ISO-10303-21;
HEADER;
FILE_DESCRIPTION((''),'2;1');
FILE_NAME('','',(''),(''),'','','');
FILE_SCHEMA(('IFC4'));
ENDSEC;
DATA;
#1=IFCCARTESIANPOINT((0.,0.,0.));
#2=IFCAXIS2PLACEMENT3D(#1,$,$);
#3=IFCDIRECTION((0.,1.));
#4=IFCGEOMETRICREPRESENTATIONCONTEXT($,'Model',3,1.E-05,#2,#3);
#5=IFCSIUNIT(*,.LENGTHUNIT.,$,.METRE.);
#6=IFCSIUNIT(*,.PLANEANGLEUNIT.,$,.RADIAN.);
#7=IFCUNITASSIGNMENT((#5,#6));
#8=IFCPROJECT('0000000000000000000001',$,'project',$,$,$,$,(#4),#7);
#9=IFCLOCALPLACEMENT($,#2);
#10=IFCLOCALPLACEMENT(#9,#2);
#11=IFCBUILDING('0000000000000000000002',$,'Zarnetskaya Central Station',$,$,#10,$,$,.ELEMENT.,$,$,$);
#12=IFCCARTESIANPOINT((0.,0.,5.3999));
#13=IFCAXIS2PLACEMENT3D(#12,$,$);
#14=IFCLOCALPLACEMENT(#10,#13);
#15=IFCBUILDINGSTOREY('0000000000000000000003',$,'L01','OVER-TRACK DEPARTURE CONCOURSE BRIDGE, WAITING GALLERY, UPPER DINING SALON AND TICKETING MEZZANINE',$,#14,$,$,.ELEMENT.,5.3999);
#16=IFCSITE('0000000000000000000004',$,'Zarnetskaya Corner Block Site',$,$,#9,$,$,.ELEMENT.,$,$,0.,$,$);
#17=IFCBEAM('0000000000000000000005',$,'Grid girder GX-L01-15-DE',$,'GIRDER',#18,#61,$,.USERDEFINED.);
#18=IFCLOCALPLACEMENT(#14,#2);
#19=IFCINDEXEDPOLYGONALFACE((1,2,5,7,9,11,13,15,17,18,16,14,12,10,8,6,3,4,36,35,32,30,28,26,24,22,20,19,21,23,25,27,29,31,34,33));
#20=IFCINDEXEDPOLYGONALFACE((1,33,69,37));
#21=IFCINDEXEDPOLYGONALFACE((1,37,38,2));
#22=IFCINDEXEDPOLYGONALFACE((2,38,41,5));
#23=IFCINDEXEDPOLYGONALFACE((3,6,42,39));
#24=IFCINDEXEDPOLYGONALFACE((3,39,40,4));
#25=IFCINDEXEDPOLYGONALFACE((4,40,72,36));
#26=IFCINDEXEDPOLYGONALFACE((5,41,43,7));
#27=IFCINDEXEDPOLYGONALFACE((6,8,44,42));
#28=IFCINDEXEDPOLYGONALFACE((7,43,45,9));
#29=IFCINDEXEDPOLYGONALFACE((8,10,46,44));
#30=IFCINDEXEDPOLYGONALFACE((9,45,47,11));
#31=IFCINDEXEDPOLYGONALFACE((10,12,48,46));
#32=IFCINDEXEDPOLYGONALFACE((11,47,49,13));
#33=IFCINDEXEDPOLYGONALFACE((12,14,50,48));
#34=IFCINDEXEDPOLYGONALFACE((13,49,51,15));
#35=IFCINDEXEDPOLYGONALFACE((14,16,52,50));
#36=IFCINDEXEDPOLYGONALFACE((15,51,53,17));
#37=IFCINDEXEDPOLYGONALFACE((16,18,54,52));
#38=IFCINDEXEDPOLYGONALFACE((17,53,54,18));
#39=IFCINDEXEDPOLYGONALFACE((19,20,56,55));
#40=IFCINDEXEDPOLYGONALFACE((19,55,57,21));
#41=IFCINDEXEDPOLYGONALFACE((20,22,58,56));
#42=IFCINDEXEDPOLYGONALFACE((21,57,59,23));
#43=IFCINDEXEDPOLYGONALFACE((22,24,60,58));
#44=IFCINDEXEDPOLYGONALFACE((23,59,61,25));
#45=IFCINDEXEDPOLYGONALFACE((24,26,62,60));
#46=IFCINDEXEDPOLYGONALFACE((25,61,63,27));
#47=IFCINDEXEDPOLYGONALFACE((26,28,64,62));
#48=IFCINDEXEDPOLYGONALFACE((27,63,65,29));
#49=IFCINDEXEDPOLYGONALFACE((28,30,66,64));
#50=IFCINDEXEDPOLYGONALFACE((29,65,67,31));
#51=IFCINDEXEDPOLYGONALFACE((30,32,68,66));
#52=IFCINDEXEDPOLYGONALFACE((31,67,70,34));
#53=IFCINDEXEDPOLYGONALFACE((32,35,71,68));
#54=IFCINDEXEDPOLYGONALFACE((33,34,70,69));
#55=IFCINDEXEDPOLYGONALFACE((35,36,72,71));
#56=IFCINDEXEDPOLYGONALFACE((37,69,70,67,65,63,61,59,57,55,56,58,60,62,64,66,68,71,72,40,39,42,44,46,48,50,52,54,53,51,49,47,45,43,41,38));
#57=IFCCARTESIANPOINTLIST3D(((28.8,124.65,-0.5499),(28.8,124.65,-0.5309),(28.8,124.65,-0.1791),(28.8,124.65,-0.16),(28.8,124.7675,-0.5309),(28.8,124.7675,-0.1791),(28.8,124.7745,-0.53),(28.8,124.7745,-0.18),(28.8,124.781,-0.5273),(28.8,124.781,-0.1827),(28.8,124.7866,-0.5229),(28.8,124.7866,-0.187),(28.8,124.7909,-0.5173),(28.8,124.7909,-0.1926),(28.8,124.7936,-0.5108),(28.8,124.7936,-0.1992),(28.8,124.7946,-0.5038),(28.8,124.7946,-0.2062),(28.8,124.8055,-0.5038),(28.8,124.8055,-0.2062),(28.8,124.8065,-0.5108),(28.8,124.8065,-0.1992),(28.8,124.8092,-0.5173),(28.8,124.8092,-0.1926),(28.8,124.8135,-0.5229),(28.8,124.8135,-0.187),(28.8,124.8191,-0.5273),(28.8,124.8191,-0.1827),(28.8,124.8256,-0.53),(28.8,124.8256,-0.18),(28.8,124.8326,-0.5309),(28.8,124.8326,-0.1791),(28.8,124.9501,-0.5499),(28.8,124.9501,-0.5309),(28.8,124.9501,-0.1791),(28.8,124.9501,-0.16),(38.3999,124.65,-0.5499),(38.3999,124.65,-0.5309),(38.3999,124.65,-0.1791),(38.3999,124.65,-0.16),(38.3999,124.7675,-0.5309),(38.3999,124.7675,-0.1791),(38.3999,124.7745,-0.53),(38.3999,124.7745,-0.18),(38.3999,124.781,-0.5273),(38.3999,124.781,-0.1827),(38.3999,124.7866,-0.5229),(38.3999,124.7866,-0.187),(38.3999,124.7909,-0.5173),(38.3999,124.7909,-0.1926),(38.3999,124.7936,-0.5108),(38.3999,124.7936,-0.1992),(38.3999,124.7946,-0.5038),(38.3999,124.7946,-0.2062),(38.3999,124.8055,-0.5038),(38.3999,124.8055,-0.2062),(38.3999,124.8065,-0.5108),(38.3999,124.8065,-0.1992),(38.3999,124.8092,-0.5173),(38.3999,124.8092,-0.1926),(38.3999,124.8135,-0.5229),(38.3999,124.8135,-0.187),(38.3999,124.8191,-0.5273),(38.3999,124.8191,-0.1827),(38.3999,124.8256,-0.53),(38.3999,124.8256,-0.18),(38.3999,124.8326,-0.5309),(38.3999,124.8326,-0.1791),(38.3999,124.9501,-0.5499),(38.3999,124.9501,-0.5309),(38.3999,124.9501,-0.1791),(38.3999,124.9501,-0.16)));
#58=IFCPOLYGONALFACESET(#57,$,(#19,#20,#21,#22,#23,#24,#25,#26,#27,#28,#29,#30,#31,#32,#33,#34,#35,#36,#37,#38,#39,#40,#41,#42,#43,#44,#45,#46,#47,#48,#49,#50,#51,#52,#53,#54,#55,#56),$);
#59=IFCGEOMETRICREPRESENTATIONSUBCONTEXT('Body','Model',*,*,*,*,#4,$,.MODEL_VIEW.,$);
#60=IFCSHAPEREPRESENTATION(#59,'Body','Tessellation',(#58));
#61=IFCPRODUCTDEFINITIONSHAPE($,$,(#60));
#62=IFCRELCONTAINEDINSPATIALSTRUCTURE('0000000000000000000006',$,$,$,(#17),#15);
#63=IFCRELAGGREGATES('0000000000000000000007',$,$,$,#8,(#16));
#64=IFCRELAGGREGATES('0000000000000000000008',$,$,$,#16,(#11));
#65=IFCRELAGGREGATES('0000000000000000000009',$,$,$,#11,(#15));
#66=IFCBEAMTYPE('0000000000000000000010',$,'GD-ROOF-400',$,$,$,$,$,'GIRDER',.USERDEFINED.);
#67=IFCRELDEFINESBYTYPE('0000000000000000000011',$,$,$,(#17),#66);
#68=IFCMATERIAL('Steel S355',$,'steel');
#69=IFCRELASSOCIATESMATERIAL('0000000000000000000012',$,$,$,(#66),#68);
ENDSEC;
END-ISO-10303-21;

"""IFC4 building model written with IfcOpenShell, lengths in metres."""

from ifc_helpers import new_model, si_unit, direction, frame, origin, origin_2d, place, context, subcontext, project, spatial, i_section, extrude, material, material_profile, profile_set, type_object, element, save


model = new_model("IFC4")

# Units and contexts
model_context = context("Model", 3, precision=1e-05, world=origin(), true_north=direction((0.0, 1.0)))
body_context = subcontext(model_context, "Body", "Model", "MODEL_VIEW")
ifc_project = project(units=[si_unit("LENGTHUNIT", "METRE"), si_unit("PLANEANGLEUNIT", "RADIAN")], contexts=[model_context])

# Site, building, storey
site_placement = place(None, origin())
site = spatial("IfcSite", under=ifc_project, at=site_placement, Name="Zarnetskaya Corner Block Site", CompositionType="ELEMENT", RefElevation=0.0)
building_placement = place(site_placement, origin())
building = spatial("IfcBuilding", under=site, at=building_placement, Name="Zarnetskaya Central Station", CompositionType="ELEMENT")
storey_placement = place(building_placement, frame((0.0, 0.0, 5.3999)))
storey = spatial("IfcBuildingStorey", under=building, at=storey_placement, Name="L01", Description="OVER-TRACK DEPARTURE CONCOURSE BRIDGE, WAITING GALLERY, UPPER DINING SALON AND TICKETING MEZZANINE", CompositionType="ELEMENT", Elevation=5.3999)

# Beam
ifc_material = material(Name="Steel S355", Category="steel")
ifc_material_profile_1 = material_profile(ifc_material, i_section(OverallWidth=0.3, OverallDepth=0.3899, WebThickness=0.011, FlangeThickness=0.019, FilletRadius=0.0271, at=origin_2d()), Name="HEA 400")
ifc_profile_set_1 = profile_set([ifc_material_profile_1], Name="Steel S355")
beam_type_1 = type_object("IfcBeamType", Name="GD-ROOF-400", ElementType="GIRDER", PredefinedType="USERDEFINED", material=ifc_profile_set_1)
for number, where, z_axis, x_axis, name in (
    (1, (28.8, 124.8, -0.355), (1.0, 0.0, 0.0), (0.0, 1.0, 0.0), "Grid girder GX-L01-15-DE"),
):
    element("IfcBeam", number, at=place(storey_placement, frame(where, z_axis=z_axis, x_axis=x_axis)), inside=storey, type_object=beam_type_1, Name=name, ObjectType="GIRDER", PredefinedType="USERDEFINED", context=body_context, shape_type="SweptSolid", body=[
        extrude(i_section(OverallWidth=0.3, OverallDepth=0.3899, WebThickness=0.011, FlangeThickness=0.019, FilletRadius=0.0271, at=origin_2d()), origin(), (0.0, 0.0, 1.0), 9.5999),
    ])

save(model, "model.ifc")
